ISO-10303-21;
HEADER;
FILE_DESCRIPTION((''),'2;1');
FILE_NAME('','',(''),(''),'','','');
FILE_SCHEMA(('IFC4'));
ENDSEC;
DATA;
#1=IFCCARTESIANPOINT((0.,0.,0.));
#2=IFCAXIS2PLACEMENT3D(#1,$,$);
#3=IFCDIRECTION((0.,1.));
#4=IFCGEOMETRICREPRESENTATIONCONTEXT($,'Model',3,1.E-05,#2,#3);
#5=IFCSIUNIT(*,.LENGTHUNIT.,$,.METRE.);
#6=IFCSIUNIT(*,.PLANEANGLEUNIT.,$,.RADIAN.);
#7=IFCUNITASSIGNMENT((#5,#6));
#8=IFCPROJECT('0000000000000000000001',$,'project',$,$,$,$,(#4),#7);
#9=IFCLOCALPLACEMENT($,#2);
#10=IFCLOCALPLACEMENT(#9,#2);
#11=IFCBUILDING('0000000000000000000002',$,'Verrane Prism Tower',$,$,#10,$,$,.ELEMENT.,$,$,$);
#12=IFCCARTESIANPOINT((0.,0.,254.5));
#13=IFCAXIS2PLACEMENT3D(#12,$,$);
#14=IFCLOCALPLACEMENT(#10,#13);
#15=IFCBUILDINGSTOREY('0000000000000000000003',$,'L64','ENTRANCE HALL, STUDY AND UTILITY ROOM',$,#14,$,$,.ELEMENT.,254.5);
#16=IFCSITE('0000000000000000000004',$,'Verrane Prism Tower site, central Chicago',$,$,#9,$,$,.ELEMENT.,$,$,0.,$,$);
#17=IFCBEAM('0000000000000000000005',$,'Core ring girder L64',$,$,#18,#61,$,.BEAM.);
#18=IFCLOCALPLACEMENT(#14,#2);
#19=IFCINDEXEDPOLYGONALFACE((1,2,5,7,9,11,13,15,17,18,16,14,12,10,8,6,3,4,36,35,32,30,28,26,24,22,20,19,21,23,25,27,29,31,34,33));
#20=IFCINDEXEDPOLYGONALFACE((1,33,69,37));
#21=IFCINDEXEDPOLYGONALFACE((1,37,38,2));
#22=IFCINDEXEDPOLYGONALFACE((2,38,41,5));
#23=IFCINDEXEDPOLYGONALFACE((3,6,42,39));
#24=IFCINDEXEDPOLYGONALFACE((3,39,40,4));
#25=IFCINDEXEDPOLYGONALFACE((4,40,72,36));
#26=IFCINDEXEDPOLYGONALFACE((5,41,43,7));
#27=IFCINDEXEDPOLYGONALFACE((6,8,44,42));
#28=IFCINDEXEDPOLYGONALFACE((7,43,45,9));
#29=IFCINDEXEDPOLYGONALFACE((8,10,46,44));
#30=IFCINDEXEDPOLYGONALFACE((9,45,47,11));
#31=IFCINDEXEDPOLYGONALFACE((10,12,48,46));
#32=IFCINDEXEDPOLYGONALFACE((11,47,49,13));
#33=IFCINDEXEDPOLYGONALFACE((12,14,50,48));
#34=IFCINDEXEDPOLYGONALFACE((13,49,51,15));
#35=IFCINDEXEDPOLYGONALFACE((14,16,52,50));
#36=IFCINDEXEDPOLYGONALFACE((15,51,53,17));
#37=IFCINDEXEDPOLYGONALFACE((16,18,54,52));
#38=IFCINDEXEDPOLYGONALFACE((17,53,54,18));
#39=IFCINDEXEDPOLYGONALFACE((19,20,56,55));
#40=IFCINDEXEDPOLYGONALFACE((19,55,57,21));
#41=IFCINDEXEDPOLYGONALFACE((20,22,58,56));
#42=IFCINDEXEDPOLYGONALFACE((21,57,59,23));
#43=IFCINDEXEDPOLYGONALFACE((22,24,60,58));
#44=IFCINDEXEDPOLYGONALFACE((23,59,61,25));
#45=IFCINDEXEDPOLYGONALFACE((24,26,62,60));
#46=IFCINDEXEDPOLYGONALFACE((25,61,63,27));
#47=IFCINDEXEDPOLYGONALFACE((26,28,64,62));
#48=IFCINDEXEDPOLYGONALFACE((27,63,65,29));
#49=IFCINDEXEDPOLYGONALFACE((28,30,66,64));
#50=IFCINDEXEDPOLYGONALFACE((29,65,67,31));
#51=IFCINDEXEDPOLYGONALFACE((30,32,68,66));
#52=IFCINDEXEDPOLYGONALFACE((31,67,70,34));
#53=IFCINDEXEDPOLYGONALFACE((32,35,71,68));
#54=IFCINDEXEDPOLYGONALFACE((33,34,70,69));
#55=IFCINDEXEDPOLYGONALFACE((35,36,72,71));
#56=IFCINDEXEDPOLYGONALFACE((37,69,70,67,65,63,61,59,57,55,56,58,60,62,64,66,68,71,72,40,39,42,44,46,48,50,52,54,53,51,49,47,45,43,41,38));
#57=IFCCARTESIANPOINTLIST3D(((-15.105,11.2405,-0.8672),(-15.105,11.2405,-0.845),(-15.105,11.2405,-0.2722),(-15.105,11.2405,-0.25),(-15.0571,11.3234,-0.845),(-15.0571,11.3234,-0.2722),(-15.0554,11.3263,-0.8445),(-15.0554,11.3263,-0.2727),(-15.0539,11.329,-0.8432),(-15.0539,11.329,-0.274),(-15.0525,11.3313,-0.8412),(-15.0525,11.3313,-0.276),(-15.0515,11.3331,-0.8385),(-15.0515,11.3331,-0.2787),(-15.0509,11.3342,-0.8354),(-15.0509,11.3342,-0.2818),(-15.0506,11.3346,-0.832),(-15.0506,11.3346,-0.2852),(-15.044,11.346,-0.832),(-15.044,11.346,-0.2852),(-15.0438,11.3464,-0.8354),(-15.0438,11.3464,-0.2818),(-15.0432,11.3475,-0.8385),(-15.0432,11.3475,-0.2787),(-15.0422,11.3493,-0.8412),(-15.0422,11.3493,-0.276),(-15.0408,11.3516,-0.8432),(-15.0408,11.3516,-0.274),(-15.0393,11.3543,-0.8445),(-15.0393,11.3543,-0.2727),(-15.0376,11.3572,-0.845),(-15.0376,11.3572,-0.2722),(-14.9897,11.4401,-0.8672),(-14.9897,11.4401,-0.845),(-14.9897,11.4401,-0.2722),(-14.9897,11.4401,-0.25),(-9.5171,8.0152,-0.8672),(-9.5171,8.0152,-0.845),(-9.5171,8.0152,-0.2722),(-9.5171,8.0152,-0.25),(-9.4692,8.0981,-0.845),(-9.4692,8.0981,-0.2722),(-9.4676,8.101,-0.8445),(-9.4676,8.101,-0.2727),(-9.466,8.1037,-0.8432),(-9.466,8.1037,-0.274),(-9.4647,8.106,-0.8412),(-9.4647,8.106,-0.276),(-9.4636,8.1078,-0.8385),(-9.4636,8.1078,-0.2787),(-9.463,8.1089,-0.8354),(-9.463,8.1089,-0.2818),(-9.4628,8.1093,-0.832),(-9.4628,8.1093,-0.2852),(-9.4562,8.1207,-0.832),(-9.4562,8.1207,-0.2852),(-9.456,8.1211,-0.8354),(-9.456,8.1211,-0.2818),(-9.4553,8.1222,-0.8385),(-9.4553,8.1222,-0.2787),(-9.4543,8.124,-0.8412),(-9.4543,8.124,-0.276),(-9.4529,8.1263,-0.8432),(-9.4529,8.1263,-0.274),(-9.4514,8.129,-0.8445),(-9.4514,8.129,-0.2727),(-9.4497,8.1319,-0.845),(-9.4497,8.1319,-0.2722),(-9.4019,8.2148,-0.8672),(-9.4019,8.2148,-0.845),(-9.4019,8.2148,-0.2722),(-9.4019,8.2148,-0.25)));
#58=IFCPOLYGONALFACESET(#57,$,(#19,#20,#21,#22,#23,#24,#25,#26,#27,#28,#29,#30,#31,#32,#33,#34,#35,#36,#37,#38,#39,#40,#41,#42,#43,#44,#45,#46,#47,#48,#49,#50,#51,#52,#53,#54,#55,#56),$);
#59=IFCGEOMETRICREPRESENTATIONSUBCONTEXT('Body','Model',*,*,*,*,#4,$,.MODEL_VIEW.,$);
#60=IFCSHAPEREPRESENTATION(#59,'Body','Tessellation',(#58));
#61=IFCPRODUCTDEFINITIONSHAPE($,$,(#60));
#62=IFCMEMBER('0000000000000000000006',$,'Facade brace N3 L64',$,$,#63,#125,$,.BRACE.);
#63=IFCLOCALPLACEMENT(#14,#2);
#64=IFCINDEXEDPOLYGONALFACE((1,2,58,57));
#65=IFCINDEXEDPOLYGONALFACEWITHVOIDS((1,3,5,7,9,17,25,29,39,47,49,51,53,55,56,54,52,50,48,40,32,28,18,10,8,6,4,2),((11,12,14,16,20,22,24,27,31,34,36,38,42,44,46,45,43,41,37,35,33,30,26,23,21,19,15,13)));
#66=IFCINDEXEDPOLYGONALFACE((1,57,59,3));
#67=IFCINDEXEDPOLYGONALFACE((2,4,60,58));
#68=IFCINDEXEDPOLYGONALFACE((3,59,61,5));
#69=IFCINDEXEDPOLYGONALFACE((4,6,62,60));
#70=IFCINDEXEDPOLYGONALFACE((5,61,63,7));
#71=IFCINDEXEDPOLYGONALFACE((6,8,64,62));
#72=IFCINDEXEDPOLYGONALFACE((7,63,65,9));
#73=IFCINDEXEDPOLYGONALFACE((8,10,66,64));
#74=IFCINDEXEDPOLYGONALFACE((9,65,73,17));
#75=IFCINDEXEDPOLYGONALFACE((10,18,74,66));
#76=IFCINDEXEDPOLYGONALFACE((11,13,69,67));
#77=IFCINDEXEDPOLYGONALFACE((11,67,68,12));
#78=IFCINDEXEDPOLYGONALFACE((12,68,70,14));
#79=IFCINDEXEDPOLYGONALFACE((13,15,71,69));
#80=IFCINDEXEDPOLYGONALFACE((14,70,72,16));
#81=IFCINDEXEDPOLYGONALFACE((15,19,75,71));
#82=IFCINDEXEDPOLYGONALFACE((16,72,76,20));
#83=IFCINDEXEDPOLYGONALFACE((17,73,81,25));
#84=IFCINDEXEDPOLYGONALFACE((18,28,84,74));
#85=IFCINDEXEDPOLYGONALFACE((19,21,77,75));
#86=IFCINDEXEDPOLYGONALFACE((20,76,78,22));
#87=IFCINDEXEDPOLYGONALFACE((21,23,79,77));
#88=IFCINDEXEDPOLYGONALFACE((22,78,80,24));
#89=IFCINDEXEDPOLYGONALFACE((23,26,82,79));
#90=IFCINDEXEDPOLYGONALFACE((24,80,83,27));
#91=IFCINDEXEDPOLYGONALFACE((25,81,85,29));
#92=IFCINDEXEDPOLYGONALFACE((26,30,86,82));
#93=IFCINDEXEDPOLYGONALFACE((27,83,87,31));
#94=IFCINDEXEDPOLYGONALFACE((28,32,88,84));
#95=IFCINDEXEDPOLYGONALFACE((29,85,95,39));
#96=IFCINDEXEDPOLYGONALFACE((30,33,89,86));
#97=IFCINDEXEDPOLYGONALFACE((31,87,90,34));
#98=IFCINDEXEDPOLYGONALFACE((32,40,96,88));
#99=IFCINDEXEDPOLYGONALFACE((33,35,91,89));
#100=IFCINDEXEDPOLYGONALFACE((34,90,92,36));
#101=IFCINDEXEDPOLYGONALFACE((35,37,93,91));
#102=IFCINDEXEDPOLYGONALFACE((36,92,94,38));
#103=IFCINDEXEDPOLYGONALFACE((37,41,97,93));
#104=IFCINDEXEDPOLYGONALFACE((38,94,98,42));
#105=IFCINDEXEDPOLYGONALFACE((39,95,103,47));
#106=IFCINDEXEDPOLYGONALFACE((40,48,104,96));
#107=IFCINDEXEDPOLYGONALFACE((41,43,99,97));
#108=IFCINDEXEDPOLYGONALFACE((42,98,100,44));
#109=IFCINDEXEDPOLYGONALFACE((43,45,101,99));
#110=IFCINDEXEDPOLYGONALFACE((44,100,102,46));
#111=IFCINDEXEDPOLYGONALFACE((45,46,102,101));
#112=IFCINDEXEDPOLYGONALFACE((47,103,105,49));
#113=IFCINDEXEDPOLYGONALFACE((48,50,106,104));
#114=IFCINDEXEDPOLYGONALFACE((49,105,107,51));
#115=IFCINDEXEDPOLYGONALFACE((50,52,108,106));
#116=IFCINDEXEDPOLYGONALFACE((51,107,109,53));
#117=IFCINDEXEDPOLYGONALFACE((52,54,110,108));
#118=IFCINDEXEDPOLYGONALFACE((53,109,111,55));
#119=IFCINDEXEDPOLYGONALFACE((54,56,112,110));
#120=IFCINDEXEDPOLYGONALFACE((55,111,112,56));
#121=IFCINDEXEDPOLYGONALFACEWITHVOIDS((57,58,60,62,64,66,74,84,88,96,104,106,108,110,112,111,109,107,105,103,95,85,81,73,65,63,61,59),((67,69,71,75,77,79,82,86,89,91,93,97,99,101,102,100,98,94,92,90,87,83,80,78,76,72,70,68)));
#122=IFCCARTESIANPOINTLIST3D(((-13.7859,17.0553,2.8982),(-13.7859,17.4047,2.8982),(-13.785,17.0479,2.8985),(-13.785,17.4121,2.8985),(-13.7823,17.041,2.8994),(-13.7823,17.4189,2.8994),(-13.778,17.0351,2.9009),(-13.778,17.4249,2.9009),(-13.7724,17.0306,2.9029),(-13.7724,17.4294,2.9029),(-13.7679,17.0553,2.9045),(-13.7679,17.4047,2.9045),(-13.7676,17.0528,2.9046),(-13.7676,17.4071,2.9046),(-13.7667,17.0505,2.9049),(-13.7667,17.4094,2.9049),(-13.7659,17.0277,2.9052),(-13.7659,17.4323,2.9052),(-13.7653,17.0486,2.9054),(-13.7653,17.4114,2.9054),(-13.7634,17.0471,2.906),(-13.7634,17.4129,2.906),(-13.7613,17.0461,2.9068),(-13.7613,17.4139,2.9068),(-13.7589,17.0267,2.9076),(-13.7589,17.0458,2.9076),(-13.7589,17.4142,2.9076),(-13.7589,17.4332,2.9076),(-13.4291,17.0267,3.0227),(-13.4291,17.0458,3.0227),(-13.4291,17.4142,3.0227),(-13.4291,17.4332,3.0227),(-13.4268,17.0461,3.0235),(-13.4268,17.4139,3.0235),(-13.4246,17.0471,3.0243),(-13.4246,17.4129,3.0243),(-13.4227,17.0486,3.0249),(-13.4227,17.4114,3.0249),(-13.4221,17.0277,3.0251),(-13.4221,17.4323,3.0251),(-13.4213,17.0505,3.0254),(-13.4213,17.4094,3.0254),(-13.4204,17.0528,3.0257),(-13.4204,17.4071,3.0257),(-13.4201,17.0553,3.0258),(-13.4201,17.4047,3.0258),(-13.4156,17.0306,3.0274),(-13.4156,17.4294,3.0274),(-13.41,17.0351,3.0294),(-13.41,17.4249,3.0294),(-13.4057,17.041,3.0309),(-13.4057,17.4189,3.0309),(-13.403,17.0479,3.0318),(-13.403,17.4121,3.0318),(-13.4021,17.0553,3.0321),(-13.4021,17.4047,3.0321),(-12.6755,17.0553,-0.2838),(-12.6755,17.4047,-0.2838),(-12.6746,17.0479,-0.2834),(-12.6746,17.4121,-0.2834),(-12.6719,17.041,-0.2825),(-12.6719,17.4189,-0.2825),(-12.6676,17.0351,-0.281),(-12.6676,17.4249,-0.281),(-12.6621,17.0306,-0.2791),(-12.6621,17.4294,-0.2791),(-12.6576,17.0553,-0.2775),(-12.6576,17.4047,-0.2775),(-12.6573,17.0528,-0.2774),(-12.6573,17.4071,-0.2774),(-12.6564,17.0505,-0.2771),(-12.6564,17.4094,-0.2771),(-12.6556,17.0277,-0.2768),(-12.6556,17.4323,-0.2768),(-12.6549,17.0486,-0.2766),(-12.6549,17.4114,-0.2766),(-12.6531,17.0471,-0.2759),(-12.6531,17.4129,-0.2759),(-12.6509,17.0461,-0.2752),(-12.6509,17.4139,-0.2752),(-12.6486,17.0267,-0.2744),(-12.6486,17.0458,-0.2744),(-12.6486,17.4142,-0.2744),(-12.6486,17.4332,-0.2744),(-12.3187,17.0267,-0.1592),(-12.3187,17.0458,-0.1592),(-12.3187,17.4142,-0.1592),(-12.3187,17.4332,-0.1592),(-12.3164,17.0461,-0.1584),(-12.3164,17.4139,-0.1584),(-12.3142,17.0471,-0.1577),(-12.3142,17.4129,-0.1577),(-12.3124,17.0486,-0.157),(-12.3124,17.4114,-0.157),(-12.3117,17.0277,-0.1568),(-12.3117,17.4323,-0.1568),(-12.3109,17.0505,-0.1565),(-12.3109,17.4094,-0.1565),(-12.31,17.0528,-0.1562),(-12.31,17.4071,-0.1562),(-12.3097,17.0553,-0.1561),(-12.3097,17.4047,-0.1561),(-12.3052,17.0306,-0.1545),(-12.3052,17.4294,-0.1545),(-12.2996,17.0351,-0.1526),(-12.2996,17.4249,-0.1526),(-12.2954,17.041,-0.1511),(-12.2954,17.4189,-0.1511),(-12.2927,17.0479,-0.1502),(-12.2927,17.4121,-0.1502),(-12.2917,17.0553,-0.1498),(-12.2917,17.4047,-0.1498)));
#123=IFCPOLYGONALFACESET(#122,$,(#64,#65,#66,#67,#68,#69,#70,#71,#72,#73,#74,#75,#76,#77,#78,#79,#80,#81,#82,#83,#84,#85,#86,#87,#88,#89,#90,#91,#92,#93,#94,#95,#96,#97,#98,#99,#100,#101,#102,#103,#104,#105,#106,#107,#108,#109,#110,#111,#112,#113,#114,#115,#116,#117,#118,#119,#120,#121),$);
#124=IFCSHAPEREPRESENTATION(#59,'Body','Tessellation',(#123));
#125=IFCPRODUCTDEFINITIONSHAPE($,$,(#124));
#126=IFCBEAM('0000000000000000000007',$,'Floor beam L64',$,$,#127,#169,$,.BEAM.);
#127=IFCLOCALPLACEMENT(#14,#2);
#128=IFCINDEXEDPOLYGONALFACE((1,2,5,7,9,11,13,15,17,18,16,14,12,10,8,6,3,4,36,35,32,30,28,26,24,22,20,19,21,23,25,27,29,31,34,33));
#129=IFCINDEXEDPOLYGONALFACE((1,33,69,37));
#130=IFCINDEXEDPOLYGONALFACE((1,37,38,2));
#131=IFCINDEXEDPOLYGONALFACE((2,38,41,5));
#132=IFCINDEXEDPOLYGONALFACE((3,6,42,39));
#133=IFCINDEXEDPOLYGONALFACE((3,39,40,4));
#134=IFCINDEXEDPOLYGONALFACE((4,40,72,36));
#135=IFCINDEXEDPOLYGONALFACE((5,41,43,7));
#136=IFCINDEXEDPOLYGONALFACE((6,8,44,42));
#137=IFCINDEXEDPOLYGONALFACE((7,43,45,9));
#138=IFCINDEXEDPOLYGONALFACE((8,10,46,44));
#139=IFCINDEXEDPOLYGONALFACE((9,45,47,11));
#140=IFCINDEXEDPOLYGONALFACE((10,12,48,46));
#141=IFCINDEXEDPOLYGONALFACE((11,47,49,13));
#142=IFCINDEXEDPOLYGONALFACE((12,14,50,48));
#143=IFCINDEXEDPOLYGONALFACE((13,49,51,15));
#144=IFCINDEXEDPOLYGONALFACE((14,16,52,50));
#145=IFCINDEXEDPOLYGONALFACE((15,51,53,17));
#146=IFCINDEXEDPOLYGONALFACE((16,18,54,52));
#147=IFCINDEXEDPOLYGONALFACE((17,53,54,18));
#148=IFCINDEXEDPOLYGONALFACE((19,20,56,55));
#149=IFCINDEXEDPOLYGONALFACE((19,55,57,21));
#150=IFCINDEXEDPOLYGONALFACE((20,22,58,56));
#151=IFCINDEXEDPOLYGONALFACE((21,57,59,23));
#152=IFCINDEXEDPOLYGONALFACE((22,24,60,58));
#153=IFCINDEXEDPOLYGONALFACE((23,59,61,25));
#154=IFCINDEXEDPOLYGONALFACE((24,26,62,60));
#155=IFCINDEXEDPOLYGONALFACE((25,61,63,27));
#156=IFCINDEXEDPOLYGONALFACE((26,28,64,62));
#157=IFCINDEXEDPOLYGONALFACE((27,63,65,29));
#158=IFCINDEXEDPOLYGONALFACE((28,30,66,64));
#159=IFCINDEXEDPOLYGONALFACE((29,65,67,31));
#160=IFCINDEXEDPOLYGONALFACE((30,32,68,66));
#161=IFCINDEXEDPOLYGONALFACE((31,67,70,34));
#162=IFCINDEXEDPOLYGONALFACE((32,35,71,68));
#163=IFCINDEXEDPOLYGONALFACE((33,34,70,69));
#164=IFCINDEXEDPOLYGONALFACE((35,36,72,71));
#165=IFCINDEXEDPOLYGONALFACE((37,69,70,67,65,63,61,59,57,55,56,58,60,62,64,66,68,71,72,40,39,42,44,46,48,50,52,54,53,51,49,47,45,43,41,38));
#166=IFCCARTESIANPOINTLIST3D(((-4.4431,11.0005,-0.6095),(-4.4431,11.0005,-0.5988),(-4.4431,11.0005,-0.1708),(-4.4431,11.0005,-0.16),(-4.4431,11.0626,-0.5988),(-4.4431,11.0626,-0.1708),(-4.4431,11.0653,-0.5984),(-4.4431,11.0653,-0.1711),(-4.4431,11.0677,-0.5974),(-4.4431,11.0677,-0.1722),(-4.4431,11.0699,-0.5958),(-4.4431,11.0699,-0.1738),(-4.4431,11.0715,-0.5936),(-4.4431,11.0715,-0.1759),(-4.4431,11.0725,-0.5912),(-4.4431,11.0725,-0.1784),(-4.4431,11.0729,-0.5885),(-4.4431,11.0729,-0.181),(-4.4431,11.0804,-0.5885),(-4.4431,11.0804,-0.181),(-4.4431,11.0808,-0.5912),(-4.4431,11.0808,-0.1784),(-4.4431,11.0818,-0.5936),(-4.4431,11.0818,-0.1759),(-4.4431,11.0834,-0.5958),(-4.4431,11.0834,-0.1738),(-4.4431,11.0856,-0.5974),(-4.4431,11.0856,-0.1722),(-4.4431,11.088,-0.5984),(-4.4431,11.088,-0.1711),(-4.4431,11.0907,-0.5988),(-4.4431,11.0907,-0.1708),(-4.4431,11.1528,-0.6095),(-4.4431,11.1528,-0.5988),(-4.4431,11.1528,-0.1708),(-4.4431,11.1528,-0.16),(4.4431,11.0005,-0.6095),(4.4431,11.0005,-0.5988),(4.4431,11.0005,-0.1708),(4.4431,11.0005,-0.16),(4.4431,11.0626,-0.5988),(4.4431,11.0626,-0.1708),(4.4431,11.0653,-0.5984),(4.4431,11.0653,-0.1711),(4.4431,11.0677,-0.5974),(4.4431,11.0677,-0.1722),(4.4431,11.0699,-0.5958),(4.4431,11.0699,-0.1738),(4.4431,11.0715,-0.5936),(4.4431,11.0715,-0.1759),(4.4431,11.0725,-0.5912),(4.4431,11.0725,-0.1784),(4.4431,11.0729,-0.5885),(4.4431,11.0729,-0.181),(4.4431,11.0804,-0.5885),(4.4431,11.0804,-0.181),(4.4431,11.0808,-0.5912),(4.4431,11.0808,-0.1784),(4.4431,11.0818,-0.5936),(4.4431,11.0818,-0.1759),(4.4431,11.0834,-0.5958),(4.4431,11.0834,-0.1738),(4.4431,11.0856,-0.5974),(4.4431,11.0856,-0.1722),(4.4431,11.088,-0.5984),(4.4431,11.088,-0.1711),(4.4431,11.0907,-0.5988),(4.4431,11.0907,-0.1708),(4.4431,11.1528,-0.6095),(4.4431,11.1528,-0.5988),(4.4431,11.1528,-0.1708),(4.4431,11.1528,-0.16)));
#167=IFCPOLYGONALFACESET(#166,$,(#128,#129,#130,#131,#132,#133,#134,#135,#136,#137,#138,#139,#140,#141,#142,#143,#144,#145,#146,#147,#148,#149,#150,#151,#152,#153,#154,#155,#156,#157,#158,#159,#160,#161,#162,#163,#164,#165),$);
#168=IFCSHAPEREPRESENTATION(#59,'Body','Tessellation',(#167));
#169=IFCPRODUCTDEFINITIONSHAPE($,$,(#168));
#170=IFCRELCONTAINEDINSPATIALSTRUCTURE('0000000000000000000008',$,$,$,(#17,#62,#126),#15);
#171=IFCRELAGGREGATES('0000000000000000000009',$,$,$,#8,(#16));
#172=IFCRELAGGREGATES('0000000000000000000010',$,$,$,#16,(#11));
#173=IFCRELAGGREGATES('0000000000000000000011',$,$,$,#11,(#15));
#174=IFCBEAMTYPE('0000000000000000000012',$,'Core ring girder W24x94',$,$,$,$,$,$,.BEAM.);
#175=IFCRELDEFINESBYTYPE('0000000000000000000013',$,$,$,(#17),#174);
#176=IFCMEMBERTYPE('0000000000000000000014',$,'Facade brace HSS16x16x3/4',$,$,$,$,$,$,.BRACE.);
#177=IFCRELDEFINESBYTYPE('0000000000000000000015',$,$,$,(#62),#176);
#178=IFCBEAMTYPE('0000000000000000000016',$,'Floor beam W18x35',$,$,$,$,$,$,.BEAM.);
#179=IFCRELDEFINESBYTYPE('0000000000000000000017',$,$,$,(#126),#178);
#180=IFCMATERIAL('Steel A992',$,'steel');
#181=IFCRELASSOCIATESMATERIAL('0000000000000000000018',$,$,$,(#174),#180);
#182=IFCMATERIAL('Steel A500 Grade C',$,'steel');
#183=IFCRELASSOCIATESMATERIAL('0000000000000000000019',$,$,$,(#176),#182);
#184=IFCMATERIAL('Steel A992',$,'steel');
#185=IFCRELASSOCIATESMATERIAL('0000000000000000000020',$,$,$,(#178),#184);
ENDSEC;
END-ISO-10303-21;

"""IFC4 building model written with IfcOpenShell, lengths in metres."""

from ifc_helpers import new_model, si_unit, direction, frame, origin, origin_2d, place, context, subcontext, project, spatial, hollow_rectangle, i_section, extrude, material, material_profile, profile_set, type_object, element, save


model = new_model("IFC4")

# Units and contexts
model_context = context("Model", 3, precision=1e-05, world=origin(), true_north=direction((0.0, 1.0)))
body_context = subcontext(model_context, "Body", "Model", "MODEL_VIEW")
ifc_project = project(units=[si_unit("LENGTHUNIT", "METRE"), si_unit("PLANEANGLEUNIT", "RADIAN")], contexts=[model_context])

# Site, building, storey
site_placement = place(None, origin())
site = spatial("IfcSite", under=ifc_project, at=site_placement, Name="Verrane Prism Tower site, central Chicago", CompositionType="ELEMENT", RefElevation=0.0)
building_placement = place(site_placement, origin())
building = spatial("IfcBuilding", under=site, at=building_placement, Name="Verrane Prism Tower", CompositionType="ELEMENT")
storey_placement = place(building_placement, frame((0.0, 0.0, 254.5)))
storey = spatial("IfcBuildingStorey", under=building, at=storey_placement, Name="L64", Description="ENTRANCE HALL, STUDY AND UTILITY ROOM", CompositionType="ELEMENT", Elevation=254.5)

# Beam
ifc_material_1 = material(Name="Steel A992", Category="steel")
ifc_material_profile_1 = material_profile(ifc_material_1, i_section(OverallWidth=0.2305, OverallDepth=0.6172, WebThickness=0.0132, FlangeThickness=0.0222, FilletRadius=0.0129, at=origin_2d()), Name="W24x94")
ifc_profile_set_1 = profile_set([ifc_material_profile_1], Name="Steel A992")
beam_type_1 = type_object("IfcBeamType", Name="Core ring girder W24x94", PredefinedType="BEAM", material=ifc_profile_set_1)
beam_1_placement = place(storey_placement, frame((-9.4595, 8.115, -0.5586), z_axis=(-0.866081, 0.499904, 0.0), x_axis=(-0.499904, -0.866081, 0.0)))
element("IfcBeam", 1, at=beam_1_placement, inside=storey, type_object=beam_type_1, Name="Core ring girder L64", PredefinedType="BEAM", context=body_context, shape_type="SweptSolid", body=[
    extrude(i_section(OverallWidth=0.2305, OverallDepth=0.6172, WebThickness=0.0132, FlangeThickness=0.0222, FilletRadius=0.0129, at=origin_2d()), origin(), (0.0, 0.0, 1.0), 6.4519),
])

# Member
ifc_material_2 = material(Name="Steel A500 Grade C", Category="steel")
ifc_material_profile_2 = material_profile(ifc_material_2, hollow_rectangle(XDim=0.4065, YDim=0.4065, WallThickness=0.019, InnerFilletRadius=0.0095, OuterFilletRadius=0.0286, at=origin_2d()), Name="HSS16x16x3/4")
ifc_profile_set_2 = profile_set([ifc_material_profile_2], Name="Steel A500 Grade C")
member_type_1 = type_object("IfcMemberType", Name="Facade brace HSS16x16x3/4", PredefinedType="BRACE", material=ifc_profile_set_2)
member_1_placement = place(storey_placement, frame((-12.4836, 17.23, -0.2168), z_axis=(-0.329476, 0.0, 0.944164), x_axis=(0.0, -1.0, 0.0)))
element("IfcMember", 2, at=member_1_placement, inside=storey, type_object=member_type_1, Name="Facade brace N3 L64", PredefinedType="BRACE", context=body_context, shape_type="SweptSolid", body=[
    extrude(hollow_rectangle(XDim=0.4065, YDim=0.4065, WallThickness=0.019, InnerFilletRadius=0.0095, OuterFilletRadius=0.0286, at=origin_2d()), origin(), (0.0, 0.0, 1.0), 3.3701),
])

# Beam
ifc_material_3 = material(Name="Steel A992", Category="steel")
ifc_material_profile_3 = material_profile(ifc_material_3, i_section(OverallWidth=0.1523, OverallDepth=0.4495, WebThickness=0.0076, FlangeThickness=0.0107, FilletRadius=0.0103, at=origin_2d()), Name="W18x35")
ifc_profile_set_3 = profile_set([ifc_material_profile_3], Name="Steel A992")
beam_type_2 = type_object("IfcBeamType", Name="Floor beam W18x35", PredefinedType="BEAM", material=ifc_profile_set_3)
for number, where, z_axis, x_axis, name in (
    (3, (-4.4431, 11.0767, -0.3848), (1.0, 0.0, 0.0), (0.0, 1.0, 0.0), "Floor beam L64"),
):
    element("IfcBeam", number, at=place(storey_placement, frame(where, z_axis=z_axis, x_axis=x_axis)), inside=storey, type_object=beam_type_2, Name=name, PredefinedType="BEAM", context=body_context, shape_type="SweptSolid", body=[
        extrude(i_section(OverallWidth=0.1523, OverallDepth=0.4495, WebThickness=0.0076, FlangeThickness=0.0107, FilletRadius=0.0103, at=origin_2d()), origin(), (0.0, 0.0, 1.0), 8.8862),
    ])

save(model, "model.ifc")
